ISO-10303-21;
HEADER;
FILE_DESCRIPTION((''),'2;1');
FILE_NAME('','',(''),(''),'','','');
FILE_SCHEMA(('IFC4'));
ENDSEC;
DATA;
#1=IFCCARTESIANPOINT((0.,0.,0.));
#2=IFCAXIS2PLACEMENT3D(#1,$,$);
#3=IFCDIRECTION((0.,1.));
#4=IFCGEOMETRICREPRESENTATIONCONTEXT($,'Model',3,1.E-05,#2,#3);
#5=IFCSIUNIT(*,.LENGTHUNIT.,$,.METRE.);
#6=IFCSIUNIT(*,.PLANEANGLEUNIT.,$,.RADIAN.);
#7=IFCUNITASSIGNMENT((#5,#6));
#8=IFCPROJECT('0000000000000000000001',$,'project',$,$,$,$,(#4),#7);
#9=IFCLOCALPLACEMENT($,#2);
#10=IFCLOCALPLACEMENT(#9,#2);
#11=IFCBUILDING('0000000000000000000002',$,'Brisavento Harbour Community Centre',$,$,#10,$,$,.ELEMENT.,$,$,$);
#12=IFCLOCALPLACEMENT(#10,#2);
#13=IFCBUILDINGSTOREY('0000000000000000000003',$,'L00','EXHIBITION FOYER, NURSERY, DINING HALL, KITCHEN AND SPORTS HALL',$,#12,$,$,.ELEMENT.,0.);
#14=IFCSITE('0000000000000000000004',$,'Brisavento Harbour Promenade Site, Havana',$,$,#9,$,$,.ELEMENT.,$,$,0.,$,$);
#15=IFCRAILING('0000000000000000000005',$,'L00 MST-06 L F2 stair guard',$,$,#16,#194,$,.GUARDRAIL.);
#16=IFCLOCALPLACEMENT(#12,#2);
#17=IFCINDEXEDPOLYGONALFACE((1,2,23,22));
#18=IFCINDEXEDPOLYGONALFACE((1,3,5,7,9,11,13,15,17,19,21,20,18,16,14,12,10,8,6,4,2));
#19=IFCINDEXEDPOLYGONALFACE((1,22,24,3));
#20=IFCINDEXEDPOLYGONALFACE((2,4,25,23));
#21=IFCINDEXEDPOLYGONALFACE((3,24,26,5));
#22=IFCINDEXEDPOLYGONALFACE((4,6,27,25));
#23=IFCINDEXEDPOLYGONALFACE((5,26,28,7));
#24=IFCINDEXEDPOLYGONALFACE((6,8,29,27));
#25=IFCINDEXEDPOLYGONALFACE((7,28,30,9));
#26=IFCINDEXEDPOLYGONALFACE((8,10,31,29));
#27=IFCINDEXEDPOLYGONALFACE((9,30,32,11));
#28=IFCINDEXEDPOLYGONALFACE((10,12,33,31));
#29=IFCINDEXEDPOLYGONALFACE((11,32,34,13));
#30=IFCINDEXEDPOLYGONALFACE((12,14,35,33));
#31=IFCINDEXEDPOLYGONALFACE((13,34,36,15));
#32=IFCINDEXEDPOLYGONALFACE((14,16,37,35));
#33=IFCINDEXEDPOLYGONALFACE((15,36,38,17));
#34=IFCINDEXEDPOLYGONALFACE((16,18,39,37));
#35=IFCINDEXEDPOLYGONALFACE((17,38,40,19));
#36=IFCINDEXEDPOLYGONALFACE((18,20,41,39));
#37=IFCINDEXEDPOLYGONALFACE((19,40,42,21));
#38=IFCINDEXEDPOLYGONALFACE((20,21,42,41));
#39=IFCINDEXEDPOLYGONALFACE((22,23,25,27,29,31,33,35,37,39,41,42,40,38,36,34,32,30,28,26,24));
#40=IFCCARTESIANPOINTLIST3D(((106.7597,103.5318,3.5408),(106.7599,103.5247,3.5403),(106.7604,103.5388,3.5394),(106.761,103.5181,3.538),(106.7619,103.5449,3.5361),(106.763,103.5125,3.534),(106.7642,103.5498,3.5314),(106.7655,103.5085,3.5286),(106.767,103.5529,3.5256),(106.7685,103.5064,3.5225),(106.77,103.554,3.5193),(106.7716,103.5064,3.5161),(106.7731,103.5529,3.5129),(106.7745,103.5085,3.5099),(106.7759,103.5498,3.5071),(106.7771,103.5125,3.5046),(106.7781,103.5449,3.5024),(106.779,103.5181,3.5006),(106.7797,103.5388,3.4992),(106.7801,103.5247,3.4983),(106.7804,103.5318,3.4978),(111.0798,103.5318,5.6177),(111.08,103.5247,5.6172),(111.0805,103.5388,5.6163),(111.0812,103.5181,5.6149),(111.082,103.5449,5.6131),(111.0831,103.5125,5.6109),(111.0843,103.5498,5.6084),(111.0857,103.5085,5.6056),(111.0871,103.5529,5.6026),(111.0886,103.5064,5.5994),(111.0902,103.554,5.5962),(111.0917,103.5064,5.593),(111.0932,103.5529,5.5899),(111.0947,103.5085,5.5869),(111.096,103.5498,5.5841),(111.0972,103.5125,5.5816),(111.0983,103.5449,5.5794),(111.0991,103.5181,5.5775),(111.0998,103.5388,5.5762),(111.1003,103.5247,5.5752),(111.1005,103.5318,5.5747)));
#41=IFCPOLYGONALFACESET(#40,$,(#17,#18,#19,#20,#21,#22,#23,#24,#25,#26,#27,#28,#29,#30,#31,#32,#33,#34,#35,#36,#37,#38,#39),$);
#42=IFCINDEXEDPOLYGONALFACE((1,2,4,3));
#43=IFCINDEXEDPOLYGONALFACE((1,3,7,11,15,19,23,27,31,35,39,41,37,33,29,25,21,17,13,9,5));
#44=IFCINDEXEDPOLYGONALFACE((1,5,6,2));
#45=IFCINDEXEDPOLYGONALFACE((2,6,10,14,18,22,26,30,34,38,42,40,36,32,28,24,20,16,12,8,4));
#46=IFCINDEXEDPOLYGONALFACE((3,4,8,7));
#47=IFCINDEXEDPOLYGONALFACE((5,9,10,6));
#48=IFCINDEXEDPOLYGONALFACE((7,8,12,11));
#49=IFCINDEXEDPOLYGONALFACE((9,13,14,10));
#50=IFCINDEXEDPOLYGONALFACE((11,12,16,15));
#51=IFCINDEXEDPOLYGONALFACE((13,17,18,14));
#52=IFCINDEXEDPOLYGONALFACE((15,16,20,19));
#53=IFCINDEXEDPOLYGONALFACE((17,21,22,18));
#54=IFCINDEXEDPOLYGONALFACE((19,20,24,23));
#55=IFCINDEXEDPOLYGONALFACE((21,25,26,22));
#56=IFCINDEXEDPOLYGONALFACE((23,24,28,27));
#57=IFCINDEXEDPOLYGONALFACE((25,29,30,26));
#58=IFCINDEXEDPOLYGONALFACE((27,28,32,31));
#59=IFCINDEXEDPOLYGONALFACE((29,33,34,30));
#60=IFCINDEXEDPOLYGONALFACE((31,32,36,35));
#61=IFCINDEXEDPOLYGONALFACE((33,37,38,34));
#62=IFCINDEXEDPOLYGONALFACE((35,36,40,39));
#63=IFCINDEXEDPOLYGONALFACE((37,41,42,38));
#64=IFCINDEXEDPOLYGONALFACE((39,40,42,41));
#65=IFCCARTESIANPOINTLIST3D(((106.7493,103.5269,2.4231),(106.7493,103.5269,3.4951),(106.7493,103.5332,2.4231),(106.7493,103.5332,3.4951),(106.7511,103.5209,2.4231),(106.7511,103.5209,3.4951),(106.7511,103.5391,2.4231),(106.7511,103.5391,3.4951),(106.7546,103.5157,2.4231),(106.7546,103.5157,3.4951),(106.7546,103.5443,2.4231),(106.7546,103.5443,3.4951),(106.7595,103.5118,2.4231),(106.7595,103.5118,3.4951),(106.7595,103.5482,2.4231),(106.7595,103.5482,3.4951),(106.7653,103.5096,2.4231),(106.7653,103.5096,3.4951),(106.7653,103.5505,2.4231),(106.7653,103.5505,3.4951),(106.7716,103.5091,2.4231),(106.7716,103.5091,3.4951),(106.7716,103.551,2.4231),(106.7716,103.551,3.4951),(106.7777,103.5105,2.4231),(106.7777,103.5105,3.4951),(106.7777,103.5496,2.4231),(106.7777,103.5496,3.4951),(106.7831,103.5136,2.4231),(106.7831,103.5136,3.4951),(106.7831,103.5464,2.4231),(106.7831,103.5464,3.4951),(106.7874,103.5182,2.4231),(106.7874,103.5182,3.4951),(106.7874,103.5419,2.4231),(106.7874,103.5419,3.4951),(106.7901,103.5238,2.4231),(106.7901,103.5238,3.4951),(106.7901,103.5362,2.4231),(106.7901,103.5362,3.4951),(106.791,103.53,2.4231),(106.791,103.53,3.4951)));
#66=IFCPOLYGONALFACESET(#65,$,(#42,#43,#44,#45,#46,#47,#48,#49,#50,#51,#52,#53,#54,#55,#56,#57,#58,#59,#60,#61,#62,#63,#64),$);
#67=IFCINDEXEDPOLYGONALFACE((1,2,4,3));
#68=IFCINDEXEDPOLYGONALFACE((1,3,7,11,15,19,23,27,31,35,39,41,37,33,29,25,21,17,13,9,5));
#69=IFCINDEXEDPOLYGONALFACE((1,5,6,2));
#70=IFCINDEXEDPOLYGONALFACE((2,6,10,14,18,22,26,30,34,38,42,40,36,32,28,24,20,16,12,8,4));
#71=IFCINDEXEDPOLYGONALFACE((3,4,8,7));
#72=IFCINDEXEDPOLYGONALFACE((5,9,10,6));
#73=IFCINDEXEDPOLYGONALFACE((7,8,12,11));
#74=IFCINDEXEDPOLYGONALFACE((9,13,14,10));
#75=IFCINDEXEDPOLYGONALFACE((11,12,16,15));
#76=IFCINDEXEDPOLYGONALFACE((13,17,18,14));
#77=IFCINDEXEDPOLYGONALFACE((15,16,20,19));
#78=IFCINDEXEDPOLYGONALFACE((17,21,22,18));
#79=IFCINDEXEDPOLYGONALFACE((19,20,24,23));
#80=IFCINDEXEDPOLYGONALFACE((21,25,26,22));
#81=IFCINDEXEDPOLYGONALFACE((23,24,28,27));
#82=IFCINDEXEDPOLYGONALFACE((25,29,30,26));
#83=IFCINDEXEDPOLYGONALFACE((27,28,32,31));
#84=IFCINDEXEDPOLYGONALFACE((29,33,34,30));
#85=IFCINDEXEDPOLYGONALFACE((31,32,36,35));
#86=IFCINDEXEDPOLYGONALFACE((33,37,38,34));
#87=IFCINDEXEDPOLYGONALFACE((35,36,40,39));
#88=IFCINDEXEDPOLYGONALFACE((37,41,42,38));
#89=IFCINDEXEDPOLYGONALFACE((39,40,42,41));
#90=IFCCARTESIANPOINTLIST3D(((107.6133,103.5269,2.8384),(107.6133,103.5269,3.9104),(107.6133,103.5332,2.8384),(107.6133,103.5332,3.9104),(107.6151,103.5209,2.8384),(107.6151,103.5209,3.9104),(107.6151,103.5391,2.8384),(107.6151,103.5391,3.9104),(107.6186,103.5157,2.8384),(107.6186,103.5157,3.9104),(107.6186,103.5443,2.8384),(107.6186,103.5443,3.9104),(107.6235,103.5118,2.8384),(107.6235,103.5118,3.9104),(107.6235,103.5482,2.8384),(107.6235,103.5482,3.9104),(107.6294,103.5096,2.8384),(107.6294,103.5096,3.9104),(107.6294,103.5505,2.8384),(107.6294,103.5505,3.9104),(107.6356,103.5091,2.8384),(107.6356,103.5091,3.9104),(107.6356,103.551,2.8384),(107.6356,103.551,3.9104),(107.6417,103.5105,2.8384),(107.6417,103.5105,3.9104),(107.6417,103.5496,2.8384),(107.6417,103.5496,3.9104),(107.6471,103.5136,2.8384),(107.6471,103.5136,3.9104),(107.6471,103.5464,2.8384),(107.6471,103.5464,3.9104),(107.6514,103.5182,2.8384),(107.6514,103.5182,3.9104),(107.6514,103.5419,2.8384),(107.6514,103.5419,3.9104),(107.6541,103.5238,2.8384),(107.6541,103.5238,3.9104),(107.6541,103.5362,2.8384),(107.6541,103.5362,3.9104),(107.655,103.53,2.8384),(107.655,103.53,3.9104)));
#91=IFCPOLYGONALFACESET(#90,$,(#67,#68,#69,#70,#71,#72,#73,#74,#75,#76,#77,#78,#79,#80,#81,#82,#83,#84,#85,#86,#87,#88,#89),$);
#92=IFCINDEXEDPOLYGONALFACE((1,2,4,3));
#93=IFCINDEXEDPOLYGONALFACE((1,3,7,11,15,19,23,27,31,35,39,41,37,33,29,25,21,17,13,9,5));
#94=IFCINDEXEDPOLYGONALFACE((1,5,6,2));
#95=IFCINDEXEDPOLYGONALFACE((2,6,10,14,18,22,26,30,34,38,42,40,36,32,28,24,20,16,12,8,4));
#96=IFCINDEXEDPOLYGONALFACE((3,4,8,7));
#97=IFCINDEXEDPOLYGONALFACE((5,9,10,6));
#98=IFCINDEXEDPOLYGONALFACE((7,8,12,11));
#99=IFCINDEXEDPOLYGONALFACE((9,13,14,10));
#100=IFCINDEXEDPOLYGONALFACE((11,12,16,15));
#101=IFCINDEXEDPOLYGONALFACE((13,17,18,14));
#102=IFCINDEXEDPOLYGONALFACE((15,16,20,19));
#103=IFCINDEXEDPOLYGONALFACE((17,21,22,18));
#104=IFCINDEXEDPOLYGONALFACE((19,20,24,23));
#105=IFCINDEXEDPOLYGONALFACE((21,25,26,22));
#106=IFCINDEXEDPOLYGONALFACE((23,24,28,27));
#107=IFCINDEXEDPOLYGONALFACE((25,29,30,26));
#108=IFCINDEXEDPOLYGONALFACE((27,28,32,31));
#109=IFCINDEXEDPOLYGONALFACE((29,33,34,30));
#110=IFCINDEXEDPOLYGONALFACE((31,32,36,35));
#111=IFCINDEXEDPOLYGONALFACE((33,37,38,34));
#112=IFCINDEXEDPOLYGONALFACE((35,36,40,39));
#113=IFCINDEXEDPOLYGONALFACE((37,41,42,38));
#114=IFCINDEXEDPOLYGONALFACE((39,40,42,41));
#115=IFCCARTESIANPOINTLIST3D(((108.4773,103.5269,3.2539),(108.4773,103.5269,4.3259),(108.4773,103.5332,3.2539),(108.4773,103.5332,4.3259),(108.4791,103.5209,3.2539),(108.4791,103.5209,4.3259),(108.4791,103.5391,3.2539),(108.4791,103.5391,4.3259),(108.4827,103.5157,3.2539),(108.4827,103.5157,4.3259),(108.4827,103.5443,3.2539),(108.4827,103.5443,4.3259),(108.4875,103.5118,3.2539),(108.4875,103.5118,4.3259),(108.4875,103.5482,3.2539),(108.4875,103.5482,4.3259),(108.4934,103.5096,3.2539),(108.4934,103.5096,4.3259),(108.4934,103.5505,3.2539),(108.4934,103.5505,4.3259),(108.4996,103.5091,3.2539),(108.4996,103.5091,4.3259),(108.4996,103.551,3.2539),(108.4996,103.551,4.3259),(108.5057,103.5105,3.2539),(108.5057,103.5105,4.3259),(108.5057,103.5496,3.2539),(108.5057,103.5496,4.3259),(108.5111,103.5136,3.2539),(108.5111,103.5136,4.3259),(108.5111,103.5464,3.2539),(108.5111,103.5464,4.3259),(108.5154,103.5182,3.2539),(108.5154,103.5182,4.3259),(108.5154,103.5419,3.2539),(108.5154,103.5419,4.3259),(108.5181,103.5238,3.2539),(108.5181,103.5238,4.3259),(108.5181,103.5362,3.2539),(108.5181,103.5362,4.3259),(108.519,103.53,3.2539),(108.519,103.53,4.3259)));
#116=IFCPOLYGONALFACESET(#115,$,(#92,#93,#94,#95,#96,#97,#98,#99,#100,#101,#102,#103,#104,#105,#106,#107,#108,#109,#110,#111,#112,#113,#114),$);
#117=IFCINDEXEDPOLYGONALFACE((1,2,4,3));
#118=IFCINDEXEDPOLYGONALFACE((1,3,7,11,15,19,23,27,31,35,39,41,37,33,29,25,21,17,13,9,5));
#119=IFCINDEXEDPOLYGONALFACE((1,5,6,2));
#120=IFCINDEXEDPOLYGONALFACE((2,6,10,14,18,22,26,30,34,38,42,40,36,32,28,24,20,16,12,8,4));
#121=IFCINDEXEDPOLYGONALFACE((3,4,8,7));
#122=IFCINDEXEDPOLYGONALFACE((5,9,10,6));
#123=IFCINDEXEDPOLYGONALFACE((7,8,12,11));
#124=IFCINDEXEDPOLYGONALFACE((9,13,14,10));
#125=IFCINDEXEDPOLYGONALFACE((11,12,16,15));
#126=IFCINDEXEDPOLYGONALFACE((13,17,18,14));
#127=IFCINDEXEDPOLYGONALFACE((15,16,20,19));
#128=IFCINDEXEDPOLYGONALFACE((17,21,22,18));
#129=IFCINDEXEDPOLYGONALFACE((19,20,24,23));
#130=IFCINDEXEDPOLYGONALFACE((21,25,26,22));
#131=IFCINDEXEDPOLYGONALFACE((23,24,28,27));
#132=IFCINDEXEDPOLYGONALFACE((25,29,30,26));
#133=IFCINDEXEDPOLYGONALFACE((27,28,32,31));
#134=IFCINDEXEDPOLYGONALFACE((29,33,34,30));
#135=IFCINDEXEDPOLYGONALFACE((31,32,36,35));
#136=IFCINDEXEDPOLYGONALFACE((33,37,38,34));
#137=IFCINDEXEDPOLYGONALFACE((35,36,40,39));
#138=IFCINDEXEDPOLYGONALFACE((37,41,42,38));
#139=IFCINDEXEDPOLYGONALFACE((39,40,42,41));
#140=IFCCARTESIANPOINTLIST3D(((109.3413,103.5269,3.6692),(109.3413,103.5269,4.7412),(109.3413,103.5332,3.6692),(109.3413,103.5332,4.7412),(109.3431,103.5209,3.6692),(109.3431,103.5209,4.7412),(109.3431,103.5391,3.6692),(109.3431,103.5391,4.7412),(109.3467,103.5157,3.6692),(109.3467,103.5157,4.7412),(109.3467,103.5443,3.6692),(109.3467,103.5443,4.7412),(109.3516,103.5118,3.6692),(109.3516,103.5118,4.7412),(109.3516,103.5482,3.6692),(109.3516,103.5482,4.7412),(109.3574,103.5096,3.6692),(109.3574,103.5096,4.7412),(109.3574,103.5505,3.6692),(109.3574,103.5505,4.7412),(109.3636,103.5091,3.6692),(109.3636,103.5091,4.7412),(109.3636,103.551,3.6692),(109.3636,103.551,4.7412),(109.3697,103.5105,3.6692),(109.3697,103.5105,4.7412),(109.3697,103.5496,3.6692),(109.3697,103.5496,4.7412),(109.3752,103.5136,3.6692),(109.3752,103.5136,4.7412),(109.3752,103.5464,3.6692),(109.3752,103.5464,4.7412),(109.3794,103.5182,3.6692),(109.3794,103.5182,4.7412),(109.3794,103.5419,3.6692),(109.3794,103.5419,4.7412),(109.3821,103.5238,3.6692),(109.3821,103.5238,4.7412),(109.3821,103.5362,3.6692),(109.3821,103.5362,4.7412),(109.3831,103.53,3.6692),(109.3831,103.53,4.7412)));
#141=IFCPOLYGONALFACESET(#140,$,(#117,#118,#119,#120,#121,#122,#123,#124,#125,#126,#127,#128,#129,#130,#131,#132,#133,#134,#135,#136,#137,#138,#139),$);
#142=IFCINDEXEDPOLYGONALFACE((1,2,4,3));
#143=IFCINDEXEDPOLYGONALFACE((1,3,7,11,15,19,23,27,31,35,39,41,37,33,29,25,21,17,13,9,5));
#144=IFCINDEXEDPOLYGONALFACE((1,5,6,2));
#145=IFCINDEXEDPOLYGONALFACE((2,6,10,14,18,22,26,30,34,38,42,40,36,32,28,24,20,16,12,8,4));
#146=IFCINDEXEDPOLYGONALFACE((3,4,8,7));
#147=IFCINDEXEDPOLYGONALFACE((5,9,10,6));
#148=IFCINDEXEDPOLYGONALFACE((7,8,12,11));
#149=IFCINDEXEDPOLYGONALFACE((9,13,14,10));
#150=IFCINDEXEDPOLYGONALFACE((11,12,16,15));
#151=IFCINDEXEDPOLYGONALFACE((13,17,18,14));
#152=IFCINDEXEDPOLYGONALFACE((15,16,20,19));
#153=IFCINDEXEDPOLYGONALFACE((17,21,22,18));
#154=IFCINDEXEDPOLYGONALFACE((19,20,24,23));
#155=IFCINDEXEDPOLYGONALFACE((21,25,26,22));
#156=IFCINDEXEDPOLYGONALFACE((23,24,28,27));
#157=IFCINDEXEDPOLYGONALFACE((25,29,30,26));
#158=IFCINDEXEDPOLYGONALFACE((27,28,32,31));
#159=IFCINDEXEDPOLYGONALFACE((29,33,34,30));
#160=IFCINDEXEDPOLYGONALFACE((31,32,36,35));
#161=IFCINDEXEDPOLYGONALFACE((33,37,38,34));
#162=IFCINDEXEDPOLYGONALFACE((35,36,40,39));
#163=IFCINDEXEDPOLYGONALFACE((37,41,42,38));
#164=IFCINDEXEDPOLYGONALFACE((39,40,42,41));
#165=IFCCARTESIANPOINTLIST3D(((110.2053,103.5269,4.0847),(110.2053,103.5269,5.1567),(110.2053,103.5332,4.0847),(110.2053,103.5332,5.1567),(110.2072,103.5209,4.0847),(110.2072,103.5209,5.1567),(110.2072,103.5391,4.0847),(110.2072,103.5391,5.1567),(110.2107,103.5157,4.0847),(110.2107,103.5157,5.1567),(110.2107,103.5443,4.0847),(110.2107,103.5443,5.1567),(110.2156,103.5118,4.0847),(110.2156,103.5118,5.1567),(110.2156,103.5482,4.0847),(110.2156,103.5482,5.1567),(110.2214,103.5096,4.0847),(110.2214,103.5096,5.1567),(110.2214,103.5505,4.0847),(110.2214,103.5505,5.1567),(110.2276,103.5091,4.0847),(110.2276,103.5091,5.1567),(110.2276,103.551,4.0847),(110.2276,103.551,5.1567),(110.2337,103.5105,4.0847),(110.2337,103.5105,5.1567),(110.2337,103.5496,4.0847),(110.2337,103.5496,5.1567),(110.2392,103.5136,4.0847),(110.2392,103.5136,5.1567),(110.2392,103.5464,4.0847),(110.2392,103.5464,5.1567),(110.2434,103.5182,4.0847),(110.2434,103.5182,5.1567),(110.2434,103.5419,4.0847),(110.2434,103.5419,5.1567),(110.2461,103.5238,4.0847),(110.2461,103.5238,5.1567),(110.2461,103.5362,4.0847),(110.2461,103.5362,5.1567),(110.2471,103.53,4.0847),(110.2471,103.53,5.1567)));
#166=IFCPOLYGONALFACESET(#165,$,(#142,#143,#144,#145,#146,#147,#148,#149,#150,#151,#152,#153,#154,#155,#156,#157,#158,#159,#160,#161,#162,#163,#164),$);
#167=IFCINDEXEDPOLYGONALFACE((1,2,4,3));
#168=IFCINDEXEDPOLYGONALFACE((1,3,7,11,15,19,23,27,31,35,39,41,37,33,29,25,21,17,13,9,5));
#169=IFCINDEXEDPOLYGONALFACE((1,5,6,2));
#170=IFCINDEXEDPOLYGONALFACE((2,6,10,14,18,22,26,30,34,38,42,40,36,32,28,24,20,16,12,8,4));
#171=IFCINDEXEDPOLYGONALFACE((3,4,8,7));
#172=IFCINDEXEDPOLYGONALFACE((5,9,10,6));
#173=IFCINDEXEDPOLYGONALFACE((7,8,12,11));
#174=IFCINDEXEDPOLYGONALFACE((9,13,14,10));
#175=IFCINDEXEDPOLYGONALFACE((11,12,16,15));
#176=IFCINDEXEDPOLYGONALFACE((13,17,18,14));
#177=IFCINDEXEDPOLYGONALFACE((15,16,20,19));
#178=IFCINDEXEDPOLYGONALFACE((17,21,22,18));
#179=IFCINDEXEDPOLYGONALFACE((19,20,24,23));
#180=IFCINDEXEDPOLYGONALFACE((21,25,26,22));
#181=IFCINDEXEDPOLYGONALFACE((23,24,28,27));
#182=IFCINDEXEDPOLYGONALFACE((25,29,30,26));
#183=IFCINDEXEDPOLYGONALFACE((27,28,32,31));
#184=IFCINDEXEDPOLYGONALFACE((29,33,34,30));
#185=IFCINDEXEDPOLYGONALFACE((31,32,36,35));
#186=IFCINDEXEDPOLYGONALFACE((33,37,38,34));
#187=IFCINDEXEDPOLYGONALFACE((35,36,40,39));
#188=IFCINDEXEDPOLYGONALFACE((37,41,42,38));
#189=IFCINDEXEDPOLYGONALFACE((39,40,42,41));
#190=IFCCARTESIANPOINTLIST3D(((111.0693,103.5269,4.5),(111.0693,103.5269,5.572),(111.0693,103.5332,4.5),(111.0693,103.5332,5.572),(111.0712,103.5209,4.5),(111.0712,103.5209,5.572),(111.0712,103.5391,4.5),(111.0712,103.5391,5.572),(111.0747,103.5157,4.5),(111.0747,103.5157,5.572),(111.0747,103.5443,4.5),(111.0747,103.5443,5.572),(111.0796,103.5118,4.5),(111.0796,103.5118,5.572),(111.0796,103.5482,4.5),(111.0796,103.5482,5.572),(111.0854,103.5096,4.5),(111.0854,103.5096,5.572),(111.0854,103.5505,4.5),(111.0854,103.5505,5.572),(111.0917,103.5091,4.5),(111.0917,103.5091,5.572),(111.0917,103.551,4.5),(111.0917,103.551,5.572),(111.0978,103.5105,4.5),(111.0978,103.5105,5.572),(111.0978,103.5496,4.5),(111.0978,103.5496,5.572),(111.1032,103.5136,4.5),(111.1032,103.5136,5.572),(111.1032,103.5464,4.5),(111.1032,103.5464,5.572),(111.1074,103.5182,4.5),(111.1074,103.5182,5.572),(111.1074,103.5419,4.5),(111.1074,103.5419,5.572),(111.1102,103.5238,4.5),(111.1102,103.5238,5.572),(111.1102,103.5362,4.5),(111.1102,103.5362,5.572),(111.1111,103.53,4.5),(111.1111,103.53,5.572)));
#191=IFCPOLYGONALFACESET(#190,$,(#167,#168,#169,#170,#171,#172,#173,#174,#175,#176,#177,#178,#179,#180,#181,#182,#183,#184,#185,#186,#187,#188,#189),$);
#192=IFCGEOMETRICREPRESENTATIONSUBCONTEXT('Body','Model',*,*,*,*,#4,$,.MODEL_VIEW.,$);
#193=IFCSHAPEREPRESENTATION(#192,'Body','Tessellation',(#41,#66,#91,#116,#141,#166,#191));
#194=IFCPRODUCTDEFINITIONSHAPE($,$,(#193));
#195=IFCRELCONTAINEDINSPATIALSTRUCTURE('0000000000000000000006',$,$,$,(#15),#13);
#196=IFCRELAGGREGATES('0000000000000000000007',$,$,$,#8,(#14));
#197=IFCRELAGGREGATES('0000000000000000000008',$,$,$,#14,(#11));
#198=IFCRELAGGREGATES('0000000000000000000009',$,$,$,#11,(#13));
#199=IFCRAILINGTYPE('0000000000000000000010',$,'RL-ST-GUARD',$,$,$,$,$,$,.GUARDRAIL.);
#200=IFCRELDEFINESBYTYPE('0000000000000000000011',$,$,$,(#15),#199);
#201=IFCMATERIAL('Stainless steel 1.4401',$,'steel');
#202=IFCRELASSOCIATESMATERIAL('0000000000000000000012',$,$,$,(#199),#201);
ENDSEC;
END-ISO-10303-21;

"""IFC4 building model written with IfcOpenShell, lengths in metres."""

from ifc_helpers import new_model, si_unit, direction, frame, origin, origin_2d, place, context, subcontext, project, spatial, circle, extrude, material, type_object, element, save


model = new_model("IFC4")

# Units and contexts
model_context = context("Model", 3, precision=1e-05, world=origin(), true_north=direction((0.0, 1.0)))
body_context = subcontext(model_context, "Body", "Model", "MODEL_VIEW")
ifc_project = project(units=[si_unit("LENGTHUNIT", "METRE"), si_unit("PLANEANGLEUNIT", "RADIAN")], contexts=[model_context])

# Site, building, storey
site_placement = place(None, origin())
site = spatial("IfcSite", under=ifc_project, at=site_placement, Name="Brisavento Harbour Promenade Site, Havana", CompositionType="ELEMENT", RefElevation=0.0)
building_placement = place(site_placement, origin())
building = spatial("IfcBuilding", under=site, at=building_placement, Name="Brisavento Harbour Community Centre", CompositionType="ELEMENT")
storey_placement = place(building_placement, origin())
storey = spatial("IfcBuildingStorey", under=building, at=storey_placement, Name="L00", Description="EXHIBITION FOYER, NURSERY, DINING HALL, KITCHEN AND SPORTS HALL", CompositionType="ELEMENT", Elevation=0.0)

# Railing
ifc_material_1 = material(Name="Stainless steel 1.4401", Category="steel")
railing_type = type_object("IfcRailingType", Name="RL-ST-GUARD", PredefinedType="GUARDRAIL", material=ifc_material_1)
railing_1_placement = place(storey_placement, frame((106.77, 103.53, 2.4231)))
element("IfcRailing", 1, at=railing_1_placement, inside=storey, type_object=railing_type, Name="L00 MST-06 L F2 stair guard", PredefinedType="GUARDRAIL", context=body_context, shape_type="SweptSolid", body=[
    extrude(circle(Radius=0.0239, at=origin_2d()), frame((0.0, 0.0, 1.0962), z_axis=(0.901257, 0.0, 0.433286), x_axis=(0.0, 1.0, 0.0)), (0.0, 0.0, 1.0), 4.7935),
    extrude(circle(Radius=0.021, at=origin_2d()), origin(), (0.0, 0.0, 1.0), 1.072),
    extrude(circle(Radius=0.021, at=origin_2d()), frame((0.864, 0.0, 0.4153)), (0.0, 0.0, 1.0), 1.072),
    extrude(circle(Radius=0.021, at=origin_2d()), frame((1.728, 0.0, 0.8308)), (0.0, 0.0, 1.0), 1.072),
    extrude(circle(Radius=0.021, at=origin_2d()), frame((2.592, 0.0, 1.2461)), (0.0, 0.0, 1.0), 1.072),
    extrude(circle(Radius=0.021, at=origin_2d()), frame((3.4561, 0.0, 1.6616)), (0.0, 0.0, 1.0), 1.072),
    extrude(circle(Radius=0.021, at=origin_2d()), frame((4.3201, 0.0, 2.0769)), (0.0, 0.0, 1.0), 1.072),
])

save(model, "model.ifc")
